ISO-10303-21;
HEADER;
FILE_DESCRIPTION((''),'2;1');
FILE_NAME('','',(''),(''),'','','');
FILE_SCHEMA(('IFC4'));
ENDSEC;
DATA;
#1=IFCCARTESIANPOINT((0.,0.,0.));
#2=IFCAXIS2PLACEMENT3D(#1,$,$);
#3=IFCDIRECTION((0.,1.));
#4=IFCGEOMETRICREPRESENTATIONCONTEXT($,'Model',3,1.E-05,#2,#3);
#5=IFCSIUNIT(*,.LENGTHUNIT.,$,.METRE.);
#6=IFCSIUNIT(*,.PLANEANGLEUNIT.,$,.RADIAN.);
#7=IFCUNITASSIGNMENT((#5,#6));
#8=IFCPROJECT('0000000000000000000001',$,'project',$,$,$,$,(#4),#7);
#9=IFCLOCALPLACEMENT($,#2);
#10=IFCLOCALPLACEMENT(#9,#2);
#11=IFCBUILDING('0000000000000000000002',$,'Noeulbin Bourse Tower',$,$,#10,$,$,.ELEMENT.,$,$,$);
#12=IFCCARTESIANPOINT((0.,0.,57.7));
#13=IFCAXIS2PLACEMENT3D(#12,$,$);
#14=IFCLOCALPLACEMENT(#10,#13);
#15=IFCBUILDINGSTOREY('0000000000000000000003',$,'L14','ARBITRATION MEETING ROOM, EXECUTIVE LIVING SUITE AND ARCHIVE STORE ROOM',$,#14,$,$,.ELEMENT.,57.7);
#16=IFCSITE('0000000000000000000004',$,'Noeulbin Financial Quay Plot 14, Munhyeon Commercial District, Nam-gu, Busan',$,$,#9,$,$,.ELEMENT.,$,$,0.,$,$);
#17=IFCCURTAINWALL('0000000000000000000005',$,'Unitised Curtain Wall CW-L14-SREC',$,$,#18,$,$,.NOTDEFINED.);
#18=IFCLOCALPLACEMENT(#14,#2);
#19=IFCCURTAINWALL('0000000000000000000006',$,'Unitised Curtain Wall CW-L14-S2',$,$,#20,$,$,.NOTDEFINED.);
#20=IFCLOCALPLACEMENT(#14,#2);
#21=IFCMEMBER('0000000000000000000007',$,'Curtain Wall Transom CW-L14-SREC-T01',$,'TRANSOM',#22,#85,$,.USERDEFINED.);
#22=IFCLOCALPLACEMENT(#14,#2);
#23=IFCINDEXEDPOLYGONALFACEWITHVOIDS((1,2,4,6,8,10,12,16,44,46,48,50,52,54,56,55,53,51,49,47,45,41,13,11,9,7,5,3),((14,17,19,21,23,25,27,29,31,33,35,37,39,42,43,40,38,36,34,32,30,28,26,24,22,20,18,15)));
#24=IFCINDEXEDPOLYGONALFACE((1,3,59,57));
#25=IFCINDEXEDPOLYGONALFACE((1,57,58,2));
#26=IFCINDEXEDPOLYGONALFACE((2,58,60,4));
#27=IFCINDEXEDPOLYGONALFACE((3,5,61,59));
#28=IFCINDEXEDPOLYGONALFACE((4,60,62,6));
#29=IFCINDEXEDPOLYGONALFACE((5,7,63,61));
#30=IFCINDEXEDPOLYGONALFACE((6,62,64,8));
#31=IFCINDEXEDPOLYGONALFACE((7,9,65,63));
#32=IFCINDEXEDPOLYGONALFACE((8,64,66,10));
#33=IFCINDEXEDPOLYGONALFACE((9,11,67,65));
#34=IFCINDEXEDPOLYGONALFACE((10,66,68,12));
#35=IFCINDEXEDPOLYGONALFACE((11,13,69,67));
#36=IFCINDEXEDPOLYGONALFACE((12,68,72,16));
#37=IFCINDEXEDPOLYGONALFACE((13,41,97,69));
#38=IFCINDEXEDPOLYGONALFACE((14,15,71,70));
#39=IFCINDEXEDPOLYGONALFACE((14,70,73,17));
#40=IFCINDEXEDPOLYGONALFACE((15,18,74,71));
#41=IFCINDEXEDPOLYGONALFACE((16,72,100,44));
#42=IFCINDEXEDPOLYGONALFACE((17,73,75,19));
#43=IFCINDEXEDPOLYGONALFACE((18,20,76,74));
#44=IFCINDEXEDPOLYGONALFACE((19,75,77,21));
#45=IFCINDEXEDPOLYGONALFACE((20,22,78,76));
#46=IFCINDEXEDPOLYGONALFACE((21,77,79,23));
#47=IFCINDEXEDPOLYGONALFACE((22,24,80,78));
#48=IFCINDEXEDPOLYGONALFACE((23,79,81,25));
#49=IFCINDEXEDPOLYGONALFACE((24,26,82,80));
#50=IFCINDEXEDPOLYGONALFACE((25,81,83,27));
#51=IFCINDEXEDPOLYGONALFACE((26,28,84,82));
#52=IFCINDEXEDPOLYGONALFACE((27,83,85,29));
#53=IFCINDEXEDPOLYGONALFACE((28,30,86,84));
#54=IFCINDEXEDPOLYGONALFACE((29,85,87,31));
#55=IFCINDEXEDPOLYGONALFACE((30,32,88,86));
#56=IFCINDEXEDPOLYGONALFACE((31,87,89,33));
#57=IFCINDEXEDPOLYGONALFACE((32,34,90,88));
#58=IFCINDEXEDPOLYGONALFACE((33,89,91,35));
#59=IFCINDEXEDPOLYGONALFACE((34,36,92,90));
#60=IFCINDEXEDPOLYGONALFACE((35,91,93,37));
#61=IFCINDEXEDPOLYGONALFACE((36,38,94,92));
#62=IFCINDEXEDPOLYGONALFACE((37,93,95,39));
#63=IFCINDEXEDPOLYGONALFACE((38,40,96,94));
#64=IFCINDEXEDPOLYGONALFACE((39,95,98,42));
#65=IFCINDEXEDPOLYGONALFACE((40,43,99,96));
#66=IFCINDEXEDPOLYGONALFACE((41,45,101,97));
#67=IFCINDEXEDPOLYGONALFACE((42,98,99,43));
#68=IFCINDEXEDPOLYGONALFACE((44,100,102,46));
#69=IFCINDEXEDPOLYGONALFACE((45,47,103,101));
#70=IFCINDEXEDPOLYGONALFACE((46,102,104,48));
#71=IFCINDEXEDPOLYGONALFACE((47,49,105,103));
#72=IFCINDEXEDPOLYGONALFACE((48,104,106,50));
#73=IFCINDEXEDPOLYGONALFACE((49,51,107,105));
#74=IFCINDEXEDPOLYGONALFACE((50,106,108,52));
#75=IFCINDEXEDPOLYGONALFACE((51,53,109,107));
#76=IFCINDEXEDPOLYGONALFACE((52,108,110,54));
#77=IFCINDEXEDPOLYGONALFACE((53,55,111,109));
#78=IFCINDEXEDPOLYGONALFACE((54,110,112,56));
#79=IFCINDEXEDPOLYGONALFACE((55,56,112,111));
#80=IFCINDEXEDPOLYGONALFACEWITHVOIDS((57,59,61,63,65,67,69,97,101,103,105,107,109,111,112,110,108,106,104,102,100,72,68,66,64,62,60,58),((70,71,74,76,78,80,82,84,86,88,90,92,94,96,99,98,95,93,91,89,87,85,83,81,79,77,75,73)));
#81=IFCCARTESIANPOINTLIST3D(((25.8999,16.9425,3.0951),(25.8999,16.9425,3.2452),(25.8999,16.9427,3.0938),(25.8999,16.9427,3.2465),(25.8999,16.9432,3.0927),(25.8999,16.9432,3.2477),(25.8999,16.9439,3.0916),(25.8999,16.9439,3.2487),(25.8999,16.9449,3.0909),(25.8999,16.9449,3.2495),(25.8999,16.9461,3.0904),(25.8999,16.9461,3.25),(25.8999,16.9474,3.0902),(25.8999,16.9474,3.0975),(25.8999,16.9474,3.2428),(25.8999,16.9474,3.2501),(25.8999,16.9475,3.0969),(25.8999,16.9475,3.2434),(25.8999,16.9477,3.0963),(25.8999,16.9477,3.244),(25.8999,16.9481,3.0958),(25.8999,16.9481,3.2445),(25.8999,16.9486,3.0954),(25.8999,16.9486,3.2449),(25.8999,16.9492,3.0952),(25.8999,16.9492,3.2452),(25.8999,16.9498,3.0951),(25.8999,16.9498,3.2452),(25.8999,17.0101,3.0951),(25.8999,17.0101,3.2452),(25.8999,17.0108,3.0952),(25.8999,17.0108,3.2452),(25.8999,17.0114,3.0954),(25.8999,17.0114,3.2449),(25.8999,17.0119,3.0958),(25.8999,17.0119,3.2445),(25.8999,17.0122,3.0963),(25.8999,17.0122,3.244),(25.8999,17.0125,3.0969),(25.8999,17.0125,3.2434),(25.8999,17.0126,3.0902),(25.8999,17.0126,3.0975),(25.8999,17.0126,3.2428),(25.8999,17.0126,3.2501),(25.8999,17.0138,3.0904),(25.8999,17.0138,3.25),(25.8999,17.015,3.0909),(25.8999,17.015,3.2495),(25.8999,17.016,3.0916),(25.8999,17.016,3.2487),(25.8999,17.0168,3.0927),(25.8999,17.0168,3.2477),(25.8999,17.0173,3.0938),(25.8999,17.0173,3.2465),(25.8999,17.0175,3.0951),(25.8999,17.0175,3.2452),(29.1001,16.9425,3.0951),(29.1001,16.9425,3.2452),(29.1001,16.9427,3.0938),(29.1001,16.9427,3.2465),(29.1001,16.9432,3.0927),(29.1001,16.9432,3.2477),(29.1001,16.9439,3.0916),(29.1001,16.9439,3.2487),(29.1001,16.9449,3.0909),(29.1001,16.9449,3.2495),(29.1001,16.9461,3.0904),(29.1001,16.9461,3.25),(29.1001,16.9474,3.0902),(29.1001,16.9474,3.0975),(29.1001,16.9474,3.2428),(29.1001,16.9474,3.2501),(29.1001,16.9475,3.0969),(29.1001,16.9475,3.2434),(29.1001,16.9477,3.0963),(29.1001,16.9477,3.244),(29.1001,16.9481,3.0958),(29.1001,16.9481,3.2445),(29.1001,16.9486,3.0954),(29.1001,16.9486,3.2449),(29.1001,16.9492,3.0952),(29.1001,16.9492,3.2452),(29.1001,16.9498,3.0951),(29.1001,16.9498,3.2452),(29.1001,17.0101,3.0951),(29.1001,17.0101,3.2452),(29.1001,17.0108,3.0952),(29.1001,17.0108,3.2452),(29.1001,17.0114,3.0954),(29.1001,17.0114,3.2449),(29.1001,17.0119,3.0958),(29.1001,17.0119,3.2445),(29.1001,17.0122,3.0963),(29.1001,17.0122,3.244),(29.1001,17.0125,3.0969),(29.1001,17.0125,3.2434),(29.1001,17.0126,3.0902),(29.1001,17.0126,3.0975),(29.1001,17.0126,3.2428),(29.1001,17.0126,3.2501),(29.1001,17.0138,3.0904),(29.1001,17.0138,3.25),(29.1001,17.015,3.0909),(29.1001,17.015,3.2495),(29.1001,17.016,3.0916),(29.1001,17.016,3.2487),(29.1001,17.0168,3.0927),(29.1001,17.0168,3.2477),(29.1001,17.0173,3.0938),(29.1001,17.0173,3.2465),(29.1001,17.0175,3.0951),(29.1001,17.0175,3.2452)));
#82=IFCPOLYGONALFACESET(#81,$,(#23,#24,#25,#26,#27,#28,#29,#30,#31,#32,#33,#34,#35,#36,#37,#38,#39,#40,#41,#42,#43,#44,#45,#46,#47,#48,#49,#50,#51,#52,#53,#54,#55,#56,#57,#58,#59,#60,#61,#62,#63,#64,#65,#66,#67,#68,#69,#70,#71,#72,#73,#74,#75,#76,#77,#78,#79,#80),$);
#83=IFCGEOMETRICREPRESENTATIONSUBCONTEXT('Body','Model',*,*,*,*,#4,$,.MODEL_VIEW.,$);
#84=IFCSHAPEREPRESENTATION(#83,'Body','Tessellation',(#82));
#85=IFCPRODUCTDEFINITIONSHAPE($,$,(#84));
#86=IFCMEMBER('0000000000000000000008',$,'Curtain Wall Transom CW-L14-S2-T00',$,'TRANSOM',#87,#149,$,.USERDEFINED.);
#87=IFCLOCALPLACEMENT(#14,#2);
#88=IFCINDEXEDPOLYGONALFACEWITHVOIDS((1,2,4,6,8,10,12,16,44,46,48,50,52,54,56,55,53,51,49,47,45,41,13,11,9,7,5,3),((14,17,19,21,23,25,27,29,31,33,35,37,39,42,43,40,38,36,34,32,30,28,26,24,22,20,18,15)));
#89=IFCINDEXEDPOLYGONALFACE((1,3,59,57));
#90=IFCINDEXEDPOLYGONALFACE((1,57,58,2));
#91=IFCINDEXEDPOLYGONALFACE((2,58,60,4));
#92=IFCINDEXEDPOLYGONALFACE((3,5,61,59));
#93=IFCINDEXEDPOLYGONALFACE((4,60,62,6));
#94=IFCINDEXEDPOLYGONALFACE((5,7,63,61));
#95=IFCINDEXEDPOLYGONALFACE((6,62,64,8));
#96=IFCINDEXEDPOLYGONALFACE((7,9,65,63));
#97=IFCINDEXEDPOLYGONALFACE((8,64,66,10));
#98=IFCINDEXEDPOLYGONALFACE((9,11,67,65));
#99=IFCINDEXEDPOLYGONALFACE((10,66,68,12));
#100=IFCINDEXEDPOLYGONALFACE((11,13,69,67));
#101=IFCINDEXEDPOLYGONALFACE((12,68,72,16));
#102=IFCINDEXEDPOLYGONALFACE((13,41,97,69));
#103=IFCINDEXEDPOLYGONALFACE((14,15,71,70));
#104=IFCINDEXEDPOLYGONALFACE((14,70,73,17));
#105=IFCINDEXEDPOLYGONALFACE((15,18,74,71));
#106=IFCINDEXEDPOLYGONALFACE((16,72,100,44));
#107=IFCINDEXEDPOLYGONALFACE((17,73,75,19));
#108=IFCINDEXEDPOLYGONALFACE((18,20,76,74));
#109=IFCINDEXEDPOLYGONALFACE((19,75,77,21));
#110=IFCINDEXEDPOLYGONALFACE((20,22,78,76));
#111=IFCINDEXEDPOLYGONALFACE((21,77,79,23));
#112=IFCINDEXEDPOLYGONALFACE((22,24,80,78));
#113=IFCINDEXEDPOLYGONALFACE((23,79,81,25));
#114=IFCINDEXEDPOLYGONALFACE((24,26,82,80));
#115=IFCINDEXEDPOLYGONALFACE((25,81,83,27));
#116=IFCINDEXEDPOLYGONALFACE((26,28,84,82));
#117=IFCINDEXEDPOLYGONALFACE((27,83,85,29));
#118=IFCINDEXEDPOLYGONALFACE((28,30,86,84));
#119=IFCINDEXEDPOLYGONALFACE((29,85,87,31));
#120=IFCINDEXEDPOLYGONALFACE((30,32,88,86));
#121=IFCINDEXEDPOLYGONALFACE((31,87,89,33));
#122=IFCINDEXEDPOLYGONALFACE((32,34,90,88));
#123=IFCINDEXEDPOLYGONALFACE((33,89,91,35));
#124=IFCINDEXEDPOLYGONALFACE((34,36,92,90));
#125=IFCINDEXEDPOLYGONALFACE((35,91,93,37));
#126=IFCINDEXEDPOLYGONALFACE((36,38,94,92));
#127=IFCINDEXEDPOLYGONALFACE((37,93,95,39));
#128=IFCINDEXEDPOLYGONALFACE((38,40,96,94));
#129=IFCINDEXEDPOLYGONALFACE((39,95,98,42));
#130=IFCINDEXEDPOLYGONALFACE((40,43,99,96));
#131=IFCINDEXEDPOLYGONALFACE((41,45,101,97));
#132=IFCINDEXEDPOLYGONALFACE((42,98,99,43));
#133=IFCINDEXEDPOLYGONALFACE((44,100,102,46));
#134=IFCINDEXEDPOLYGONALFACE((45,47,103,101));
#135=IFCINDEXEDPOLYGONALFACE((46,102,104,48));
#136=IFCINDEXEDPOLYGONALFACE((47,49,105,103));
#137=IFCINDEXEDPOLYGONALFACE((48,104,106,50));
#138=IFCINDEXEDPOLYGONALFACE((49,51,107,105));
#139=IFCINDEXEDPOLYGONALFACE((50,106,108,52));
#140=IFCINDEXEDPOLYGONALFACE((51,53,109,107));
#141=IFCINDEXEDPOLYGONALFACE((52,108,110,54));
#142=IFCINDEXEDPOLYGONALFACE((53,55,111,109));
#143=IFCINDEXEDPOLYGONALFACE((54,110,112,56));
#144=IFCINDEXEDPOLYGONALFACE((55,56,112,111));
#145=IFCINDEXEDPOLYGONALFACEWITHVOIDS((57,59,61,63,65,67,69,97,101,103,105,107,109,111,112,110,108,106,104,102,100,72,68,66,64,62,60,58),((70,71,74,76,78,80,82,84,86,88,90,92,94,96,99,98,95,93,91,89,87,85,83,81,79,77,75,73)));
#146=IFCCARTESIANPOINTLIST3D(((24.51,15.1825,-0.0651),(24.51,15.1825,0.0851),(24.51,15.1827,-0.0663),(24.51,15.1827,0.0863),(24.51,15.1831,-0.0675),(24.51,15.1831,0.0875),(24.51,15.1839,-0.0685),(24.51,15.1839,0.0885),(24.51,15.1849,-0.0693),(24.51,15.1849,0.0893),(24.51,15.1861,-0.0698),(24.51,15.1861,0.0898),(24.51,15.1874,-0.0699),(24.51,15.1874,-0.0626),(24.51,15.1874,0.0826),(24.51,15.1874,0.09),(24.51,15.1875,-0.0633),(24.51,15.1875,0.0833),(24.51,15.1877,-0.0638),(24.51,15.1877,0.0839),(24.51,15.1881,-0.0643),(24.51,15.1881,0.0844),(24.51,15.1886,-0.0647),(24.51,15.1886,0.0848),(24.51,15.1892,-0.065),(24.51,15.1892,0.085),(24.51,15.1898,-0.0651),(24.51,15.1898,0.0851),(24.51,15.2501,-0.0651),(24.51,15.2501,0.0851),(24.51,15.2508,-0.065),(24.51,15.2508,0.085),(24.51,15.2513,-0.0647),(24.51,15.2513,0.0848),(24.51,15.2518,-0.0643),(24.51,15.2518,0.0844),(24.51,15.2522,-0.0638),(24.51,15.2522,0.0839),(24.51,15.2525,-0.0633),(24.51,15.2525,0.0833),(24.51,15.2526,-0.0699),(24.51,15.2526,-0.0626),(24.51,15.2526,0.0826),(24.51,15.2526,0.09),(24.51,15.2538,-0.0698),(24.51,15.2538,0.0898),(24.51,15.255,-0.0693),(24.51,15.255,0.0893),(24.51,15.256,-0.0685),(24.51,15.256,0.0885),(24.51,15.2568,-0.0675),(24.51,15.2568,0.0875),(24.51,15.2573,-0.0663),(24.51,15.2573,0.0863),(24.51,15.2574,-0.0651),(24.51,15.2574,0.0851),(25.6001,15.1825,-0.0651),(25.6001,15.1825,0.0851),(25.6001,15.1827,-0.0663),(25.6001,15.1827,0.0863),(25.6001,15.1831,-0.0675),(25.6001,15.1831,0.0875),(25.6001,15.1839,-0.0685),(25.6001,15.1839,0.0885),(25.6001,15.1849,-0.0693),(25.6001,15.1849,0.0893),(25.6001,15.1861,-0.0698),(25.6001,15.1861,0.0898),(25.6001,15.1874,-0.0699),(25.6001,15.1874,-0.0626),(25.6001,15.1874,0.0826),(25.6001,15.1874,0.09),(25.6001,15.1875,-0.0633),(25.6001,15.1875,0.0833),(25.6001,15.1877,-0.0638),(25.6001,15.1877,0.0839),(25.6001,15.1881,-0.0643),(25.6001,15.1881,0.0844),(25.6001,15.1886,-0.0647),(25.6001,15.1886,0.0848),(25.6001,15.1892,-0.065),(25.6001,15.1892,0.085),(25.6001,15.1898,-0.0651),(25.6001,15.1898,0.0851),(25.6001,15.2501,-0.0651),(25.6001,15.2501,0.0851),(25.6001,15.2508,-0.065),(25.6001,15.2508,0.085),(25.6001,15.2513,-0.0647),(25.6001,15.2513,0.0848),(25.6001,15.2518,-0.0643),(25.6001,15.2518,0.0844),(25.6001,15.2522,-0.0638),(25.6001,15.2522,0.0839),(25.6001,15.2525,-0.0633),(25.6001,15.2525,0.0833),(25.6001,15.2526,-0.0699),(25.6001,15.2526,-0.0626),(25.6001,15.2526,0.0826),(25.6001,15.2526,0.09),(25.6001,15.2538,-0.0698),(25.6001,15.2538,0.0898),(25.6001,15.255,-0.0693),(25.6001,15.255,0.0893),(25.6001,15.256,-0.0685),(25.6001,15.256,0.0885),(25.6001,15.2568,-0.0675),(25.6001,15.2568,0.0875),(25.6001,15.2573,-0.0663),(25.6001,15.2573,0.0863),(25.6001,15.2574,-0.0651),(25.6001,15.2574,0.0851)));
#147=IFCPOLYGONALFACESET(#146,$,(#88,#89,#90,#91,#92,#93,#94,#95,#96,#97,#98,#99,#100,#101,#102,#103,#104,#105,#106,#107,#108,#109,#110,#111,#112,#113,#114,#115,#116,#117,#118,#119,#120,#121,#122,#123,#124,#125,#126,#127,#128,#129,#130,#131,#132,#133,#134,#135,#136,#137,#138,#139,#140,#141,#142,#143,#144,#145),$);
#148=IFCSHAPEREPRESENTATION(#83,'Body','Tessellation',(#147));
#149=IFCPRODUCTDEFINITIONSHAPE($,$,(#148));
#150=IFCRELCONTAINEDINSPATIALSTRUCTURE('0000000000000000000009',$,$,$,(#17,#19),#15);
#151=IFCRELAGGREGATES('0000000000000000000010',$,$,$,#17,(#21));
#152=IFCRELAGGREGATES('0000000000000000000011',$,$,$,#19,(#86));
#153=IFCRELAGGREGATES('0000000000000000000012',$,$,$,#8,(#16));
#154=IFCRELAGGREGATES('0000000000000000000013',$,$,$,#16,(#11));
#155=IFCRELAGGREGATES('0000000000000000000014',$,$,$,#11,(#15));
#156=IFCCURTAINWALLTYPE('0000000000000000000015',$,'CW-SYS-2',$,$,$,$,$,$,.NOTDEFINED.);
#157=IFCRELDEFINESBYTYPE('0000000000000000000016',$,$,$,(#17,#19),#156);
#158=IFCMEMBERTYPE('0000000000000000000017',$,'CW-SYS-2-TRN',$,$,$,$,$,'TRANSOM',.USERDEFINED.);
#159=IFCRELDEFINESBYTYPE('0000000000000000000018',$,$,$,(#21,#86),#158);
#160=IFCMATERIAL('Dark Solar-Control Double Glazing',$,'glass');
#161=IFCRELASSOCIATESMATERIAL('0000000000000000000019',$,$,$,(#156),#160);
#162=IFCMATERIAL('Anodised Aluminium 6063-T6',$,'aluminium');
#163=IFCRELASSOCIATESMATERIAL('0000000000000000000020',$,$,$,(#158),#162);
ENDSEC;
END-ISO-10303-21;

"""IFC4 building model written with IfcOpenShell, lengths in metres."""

from ifc_helpers import new_model, si_unit, direction, frame, origin, origin_2d, place, context, subcontext, project, spatial, hollow_rectangle, extrude, material, material_profile, profile_set, type_object, element, aggregate, save


model = new_model("IFC4")

# Units and contexts
model_context = context("Model", 3, precision=1e-05, world=origin(), true_north=direction((0.0, 1.0)))
body_context = subcontext(model_context, "Body", "Model", "MODEL_VIEW")
ifc_project = project(units=[si_unit("LENGTHUNIT", "METRE"), si_unit("PLANEANGLEUNIT", "RADIAN")], contexts=[model_context])

# Site, building, storey
site_placement = place(None, origin())
site = spatial("IfcSite", under=ifc_project, at=site_placement, Name="Noeulbin Financial Quay Plot 14, Munhyeon Commercial District, Nam-gu, Busan", CompositionType="ELEMENT", RefElevation=0.0)
building_placement = place(site_placement, origin())
building = spatial("IfcBuilding", under=site, at=building_placement, Name="Noeulbin Bourse Tower", CompositionType="ELEMENT")
storey_placement = place(building_placement, frame((0.0, 0.0, 57.7)))
storey = spatial("IfcBuildingStorey", under=building, at=storey_placement, Name="L14", Description="ARBITRATION MEETING ROOM, EXECUTIVE LIVING SUITE AND ARCHIVE STORE ROOM", CompositionType="ELEMENT", Elevation=57.7)

# Curtain wall
ifc_material_1 = material(Name="Dark Solar-Control Double Glazing", Category="glass")
curtain_wall_type = type_object("IfcCurtainWallType", Name="CW-SYS-2", PredefinedType="NOTDEFINED", material=ifc_material_1)
curtain_wall_1_placement = place(storey_placement, origin())
curtain_wall_1 = element("IfcCurtainWall", 1, at=curtain_wall_1_placement, inside=storey, type_object=curtain_wall_type, Name="Unitised Curtain Wall CW-L14-SREC", PredefinedType="NOTDEFINED")
ifc_material_2 = material(Name="Anodised Aluminium 6063-T6", Category="aluminium")

# Curtain wall
curtain_wall_2_placement = place(storey_placement, origin())
curtain_wall_2 = element("IfcCurtainWall", 2, at=curtain_wall_2_placement, inside=storey, type_object=curtain_wall_type, Name="Unitised Curtain Wall CW-L14-S2", PredefinedType="NOTDEFINED")

# Members
ifc_material_profile_1 = material_profile(ifc_material_2, hollow_rectangle(XDim=0.075, YDim=0.1599, WallThickness=0.0049, InnerFilletRadius=0.0024, OuterFilletRadius=0.0049, at=origin_2d()), Name="ALU-TRAN-75x160x5", Category="LoadBearing")
ifc_profile_set_1 = profile_set([ifc_material_profile_1], Name="Anodised Aluminium 6063-T6")
member_type_1 = type_object("IfcMemberType", Name="CW-SYS-2-TRN", ElementType="TRANSOM", PredefinedType="USERDEFINED", material=ifc_profile_set_1)
member_1_placement = place(storey_placement, frame((25.8999, 16.98, 3.1702), z_axis=(1.0, 0.0, 0.0), x_axis=(0.0, 1.0, 0.0)))
member_1 = element("IfcMember", 3, at=member_1_placement, type_object=member_type_1, Name="Curtain Wall Transom CW-L14-SREC-T01", ObjectType="TRANSOM", PredefinedType="USERDEFINED", context=body_context, shape_type="SweptSolid", body=[
    extrude(hollow_rectangle(XDim=0.075, YDim=0.1599, WallThickness=0.0049, InnerFilletRadius=0.0024, OuterFilletRadius=0.0049, at=origin_2d()), origin(), (0.0, 0.0, 1.0), 3.2002),
])
member_2_placement = place(storey_placement, frame((24.51, 15.22, 0.01), z_axis=(1.0, 0.0, 0.0), x_axis=(0.0, 1.0, 0.0)))
member_2 = element("IfcMember", 4, at=member_2_placement, type_object=member_type_1, Name="Curtain Wall Transom CW-L14-S2-T00", ObjectType="TRANSOM", PredefinedType="USERDEFINED", context=body_context, shape_type="SweptSolid", body=[
    extrude(hollow_rectangle(XDim=0.075, YDim=0.1599, WallThickness=0.0049, InnerFilletRadius=0.0024, OuterFilletRadius=0.0049, at=origin_2d()), origin(), (0.0, 0.0, 1.0), 1.0901),
])

aggregate(curtain_wall_1, [member_1])
aggregate(curtain_wall_2, [member_2])

save(model, "model.ifc")
